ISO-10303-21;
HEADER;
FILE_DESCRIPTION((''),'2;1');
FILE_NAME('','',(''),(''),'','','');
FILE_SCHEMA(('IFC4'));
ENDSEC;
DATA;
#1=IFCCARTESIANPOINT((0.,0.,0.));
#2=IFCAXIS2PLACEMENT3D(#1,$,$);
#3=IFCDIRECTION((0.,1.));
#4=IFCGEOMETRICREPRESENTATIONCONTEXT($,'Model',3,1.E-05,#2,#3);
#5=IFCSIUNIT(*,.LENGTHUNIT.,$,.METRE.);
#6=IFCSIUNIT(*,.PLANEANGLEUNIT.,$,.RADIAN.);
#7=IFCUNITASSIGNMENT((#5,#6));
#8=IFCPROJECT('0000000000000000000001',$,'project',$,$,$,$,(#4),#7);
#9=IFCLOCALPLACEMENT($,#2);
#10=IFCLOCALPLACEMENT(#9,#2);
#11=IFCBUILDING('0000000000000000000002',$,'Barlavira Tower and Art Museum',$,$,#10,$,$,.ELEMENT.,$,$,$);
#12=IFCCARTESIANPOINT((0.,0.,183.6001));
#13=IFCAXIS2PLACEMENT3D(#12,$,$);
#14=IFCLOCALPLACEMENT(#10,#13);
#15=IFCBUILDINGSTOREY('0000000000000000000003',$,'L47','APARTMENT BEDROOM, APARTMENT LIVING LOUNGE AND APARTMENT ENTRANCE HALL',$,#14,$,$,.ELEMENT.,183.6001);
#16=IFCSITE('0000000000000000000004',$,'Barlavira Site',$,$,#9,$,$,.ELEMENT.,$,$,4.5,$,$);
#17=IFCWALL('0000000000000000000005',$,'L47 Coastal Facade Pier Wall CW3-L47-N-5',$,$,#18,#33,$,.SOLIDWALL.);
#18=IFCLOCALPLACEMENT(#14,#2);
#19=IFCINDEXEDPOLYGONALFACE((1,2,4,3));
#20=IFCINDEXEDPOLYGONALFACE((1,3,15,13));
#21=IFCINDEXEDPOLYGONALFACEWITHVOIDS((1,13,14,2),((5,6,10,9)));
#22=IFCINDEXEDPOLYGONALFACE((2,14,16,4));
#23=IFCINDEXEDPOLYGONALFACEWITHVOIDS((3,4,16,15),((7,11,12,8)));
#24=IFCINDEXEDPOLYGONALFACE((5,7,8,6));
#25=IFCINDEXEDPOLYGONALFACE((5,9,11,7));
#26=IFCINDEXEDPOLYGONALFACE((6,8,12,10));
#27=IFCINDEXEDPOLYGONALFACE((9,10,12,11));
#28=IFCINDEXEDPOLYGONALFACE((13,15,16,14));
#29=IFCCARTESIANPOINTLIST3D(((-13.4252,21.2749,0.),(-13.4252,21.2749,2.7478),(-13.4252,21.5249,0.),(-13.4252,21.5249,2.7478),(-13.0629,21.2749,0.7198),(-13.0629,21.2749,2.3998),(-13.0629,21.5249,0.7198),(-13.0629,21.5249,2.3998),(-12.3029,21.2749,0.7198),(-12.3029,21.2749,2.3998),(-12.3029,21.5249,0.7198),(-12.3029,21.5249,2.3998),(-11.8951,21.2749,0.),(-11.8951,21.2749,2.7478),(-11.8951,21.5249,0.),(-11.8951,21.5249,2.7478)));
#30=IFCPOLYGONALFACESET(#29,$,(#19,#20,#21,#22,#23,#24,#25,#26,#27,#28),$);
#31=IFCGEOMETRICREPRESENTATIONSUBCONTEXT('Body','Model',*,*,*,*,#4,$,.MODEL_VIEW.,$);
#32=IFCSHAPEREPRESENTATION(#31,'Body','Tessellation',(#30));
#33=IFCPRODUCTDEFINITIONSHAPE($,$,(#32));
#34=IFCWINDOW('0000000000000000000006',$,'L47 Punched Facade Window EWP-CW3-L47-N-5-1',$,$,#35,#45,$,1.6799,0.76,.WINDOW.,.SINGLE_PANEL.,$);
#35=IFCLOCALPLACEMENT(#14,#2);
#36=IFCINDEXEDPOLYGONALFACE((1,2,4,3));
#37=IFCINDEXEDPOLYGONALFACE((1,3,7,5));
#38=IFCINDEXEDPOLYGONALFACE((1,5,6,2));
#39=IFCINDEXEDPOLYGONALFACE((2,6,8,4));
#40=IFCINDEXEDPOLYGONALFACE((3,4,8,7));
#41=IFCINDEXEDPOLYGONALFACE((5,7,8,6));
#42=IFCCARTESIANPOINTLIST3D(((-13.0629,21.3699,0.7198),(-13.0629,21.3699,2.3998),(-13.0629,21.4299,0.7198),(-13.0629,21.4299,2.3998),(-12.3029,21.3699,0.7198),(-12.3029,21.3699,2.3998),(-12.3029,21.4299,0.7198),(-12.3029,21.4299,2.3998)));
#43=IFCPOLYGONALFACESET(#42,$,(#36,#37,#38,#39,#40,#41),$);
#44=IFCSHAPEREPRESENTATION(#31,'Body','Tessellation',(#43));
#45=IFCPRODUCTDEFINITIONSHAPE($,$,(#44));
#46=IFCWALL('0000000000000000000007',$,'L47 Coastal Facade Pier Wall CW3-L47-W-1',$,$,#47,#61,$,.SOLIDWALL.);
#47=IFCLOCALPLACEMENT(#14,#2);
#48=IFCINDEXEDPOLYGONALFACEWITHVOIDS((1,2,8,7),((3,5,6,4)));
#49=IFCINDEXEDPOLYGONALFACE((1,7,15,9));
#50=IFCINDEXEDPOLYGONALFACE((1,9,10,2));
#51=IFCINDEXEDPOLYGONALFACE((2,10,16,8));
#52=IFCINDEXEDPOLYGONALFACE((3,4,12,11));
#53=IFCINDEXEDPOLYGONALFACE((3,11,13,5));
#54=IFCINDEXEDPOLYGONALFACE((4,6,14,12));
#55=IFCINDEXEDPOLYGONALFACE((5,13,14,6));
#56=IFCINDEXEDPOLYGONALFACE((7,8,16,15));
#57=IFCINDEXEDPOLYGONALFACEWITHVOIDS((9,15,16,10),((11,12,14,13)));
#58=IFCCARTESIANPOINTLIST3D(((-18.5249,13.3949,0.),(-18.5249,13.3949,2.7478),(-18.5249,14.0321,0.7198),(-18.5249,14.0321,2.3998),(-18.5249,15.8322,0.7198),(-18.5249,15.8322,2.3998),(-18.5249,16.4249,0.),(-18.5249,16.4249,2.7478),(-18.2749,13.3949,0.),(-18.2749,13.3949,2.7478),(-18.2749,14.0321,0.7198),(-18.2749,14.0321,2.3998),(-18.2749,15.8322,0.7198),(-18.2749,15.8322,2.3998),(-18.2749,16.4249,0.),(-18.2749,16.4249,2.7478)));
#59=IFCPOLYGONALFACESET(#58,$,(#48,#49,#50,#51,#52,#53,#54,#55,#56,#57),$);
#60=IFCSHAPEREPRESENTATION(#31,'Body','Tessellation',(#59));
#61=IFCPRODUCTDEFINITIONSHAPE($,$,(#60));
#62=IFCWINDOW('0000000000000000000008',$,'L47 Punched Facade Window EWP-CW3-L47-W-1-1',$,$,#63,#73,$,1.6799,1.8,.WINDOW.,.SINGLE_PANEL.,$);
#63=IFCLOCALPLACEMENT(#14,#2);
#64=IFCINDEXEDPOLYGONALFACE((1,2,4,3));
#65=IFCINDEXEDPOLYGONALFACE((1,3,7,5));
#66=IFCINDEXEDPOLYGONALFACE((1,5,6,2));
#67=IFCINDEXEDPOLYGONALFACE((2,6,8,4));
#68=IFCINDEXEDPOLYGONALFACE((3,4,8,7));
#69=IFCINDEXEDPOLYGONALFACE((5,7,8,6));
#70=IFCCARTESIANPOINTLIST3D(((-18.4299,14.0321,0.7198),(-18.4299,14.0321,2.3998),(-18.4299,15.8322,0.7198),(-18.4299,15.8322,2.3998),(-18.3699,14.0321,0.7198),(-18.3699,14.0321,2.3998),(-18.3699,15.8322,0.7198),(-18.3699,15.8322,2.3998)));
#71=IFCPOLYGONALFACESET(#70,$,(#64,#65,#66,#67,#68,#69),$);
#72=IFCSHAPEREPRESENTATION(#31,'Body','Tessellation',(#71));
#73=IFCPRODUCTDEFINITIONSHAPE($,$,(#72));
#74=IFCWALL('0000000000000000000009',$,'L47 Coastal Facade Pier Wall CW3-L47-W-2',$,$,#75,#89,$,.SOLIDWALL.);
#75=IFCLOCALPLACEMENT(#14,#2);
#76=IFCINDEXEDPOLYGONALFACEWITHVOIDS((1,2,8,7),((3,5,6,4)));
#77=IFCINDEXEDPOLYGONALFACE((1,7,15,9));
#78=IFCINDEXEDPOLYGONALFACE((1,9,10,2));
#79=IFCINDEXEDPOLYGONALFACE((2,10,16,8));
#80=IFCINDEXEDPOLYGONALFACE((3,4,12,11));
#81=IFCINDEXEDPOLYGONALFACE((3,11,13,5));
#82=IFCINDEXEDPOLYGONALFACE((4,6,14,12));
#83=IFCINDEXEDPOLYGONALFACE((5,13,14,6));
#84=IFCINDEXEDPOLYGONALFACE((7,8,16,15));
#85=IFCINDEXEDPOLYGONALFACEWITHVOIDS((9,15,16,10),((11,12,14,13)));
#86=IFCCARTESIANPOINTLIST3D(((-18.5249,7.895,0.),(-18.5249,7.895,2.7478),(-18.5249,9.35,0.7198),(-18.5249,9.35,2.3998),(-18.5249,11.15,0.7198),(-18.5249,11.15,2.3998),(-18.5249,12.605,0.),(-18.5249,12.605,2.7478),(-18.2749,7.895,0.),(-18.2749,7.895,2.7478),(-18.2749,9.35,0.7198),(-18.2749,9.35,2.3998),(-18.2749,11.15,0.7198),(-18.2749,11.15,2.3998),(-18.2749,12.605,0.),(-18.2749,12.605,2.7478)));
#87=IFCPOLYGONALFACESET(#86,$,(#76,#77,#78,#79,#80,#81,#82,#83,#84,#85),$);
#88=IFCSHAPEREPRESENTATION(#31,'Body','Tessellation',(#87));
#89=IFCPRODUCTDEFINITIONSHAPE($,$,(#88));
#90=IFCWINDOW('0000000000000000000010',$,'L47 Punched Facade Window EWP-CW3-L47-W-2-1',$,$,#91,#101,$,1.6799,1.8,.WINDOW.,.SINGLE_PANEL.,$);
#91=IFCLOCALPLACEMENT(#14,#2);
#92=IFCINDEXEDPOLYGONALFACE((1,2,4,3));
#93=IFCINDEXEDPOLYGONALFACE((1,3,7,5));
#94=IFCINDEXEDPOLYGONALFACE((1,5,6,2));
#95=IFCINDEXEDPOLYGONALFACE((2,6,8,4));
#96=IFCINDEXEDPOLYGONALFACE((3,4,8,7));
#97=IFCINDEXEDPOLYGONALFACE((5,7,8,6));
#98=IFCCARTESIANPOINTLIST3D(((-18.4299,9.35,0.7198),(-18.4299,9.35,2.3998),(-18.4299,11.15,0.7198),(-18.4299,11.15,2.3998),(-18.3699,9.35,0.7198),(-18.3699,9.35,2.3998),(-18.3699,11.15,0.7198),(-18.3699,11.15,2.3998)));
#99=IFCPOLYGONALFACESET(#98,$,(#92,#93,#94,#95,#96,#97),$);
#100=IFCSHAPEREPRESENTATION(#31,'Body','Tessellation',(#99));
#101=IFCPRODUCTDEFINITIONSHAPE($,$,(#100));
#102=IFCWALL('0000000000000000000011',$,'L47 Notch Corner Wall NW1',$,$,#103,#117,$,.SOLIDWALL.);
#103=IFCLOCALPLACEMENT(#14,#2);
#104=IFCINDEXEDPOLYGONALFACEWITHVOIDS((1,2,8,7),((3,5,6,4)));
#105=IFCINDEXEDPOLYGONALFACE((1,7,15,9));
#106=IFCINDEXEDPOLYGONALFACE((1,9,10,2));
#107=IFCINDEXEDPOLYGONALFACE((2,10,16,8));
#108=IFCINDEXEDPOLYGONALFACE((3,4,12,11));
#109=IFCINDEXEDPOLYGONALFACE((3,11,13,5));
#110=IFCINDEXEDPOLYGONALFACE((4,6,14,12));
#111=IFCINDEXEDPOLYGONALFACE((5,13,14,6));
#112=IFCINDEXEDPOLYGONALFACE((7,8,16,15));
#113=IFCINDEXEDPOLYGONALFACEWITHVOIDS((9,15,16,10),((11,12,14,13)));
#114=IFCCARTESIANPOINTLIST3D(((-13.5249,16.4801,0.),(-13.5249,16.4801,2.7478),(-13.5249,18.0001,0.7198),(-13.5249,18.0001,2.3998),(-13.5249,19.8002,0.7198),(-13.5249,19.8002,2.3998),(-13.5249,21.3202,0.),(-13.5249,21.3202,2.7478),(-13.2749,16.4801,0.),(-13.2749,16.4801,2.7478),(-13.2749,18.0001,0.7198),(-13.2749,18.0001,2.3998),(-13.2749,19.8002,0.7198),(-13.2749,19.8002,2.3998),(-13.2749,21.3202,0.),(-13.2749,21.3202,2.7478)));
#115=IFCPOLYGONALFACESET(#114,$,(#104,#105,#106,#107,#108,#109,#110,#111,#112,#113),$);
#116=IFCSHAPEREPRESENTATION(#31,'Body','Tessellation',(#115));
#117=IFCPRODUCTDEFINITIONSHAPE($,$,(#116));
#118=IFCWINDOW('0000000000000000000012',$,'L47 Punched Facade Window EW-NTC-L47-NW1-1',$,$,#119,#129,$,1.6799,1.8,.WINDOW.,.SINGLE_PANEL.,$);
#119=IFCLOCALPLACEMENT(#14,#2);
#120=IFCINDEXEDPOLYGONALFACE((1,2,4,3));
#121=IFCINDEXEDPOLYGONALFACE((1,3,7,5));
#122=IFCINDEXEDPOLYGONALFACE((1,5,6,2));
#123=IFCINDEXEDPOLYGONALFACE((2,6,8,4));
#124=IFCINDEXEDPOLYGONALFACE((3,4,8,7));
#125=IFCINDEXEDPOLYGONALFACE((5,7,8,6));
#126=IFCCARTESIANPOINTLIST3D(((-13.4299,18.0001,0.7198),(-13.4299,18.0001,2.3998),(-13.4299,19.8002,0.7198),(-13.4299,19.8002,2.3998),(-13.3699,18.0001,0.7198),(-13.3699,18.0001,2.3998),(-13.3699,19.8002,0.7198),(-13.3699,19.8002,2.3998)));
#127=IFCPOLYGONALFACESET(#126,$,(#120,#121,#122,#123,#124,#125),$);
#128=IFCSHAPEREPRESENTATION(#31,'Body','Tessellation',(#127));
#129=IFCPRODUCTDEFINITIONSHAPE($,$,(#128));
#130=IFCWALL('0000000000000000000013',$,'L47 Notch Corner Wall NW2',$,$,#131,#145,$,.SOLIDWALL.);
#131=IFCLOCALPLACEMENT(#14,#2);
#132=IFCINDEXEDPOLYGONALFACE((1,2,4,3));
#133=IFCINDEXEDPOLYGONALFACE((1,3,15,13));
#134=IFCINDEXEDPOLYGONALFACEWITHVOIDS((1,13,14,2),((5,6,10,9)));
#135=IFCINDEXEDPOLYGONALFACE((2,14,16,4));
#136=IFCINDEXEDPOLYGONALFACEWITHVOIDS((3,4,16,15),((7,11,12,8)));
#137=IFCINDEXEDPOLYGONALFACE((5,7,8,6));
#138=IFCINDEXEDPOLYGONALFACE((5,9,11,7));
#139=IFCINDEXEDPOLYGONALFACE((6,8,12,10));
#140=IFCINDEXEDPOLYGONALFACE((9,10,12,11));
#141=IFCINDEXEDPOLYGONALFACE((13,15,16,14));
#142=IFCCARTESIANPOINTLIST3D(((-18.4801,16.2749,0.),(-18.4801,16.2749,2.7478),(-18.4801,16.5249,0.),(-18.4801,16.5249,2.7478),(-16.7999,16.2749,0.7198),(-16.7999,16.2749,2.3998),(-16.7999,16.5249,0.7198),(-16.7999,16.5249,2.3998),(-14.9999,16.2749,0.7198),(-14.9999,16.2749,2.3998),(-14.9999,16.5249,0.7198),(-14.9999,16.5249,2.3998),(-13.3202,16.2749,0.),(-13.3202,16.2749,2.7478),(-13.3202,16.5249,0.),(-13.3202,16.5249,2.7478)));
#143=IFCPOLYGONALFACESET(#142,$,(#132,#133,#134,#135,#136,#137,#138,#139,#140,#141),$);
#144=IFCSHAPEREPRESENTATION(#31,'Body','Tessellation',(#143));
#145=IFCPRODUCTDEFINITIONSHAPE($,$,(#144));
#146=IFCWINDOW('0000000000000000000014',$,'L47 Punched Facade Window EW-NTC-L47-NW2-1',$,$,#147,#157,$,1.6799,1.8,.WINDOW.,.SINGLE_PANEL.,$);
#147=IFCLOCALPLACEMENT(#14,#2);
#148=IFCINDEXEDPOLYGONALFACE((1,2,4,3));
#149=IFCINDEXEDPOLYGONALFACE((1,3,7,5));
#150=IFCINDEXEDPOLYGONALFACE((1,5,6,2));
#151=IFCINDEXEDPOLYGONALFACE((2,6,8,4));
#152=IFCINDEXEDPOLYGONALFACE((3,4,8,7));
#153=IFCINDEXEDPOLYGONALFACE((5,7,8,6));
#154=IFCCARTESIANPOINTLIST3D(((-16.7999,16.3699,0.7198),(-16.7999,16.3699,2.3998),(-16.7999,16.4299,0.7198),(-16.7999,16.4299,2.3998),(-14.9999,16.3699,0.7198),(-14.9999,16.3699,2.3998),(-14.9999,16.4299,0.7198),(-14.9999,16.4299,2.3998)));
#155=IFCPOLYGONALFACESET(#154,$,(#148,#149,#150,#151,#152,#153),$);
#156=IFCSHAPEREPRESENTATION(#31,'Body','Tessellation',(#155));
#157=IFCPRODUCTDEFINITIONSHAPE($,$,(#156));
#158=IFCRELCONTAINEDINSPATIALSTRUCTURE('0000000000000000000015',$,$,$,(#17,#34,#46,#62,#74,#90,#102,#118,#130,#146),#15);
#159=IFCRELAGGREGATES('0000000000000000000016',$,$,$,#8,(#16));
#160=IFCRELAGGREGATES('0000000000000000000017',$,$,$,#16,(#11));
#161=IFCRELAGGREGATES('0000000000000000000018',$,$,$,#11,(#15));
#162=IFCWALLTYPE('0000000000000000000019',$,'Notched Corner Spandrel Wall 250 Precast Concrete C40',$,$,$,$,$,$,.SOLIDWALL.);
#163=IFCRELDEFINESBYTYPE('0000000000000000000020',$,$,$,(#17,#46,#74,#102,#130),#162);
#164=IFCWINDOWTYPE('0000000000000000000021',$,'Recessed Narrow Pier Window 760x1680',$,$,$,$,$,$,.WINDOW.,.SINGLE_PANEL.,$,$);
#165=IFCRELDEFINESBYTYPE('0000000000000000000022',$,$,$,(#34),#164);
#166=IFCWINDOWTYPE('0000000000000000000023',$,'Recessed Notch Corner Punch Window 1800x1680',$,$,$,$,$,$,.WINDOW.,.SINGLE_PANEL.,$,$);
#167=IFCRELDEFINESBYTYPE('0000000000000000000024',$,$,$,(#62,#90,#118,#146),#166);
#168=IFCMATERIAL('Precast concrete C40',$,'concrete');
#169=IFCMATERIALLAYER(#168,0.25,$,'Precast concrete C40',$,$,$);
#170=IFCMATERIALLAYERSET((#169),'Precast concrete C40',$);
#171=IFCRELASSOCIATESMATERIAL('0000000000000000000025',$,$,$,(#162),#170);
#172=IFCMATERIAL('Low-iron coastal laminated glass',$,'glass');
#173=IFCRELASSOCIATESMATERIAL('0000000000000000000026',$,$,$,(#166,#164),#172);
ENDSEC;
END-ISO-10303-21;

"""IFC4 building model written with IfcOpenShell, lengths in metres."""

from ifc_helpers import new_model, si_unit, direction, frame, frame_2d, origin, place, context, subcontext, project, spatial, rectangle, extrude, material, layer, layer_set, type_object, element, fill, save


model = new_model("IFC4")

# Units and contexts
model_context = context("Model", 3, precision=1e-05, world=origin(), true_north=direction((0.0, 1.0)))
body_context = subcontext(model_context, "Body", "Model", "MODEL_VIEW")
ifc_project = project(units=[si_unit("LENGTHUNIT", "METRE"), si_unit("PLANEANGLEUNIT", "RADIAN")], contexts=[model_context])

# Site, building, storey
site_placement = place(None, origin())
site = spatial("IfcSite", under=ifc_project, at=site_placement, Name="Barlavira Site", CompositionType="ELEMENT", RefElevation=4.5)
building_placement = place(site_placement, origin())
building = spatial("IfcBuilding", under=site, at=building_placement, Name="Barlavira Tower and Art Museum", CompositionType="ELEMENT")
storey_placement = place(building_placement, frame((0.0, 0.0, 183.6001)))
storey = spatial("IfcBuildingStorey", under=building, at=storey_placement, Name="L47", Description="APARTMENT BEDROOM, APARTMENT LIVING LOUNGE AND APARTMENT ENTRANCE HALL", CompositionType="ELEMENT", Elevation=183.6001)

# Walls, openings, windows
ifc_material_1 = material(Name="Precast concrete C40", Category="concrete")
ifc_layer_1 = layer(ifc_material_1, 0.25, Name="Precast concrete C40")
ifc_layer_set_1 = layer_set([ifc_layer_1], Name="Precast concrete C40")
wall_type_1 = type_object("IfcWallType", Name="Notched Corner Spandrel Wall 250 Precast Concrete C40", PredefinedType="SOLIDWALL", material=ifc_layer_set_1)
ifc_material_2 = material(Name="Low-iron coastal laminated glass", Category="glass")
window_type_1 = type_object("IfcWindowType", Name="Recessed Notch Corner Punch Window 1800x1680", PartitioningType="SINGLE_PANEL", PredefinedType="WINDOW", material=ifc_material_2)
wall_1_placement = place(storey_placement, frame((-11.895, 21.3999, 0.0), z_axis=(0.0, 0.0, 1.0), x_axis=(-1.0, 0.0, 0.0)))
wall_1 = element("IfcWall", 1, at=wall_1_placement, inside=storey, type_object=wall_type_1, Name="L47 Coastal Facade Pier Wall CW3-L47-N-5", PredefinedType="SOLIDWALL", context=body_context, shape_type="SweptSolid", body=[
    extrude(rectangle(XDim=1.53, YDim=0.25, at=frame_2d((0.7651, 0.0))), origin(), (0.0, 0.0, 1.0), 2.7478),
])
opening_1_placement = place(wall_1_placement, frame((0.408, 0.0, 0.72)))
opening_1 = element("IfcOpeningElement", 2, at=opening_1_placement, cuts=wall_1, PredefinedType="OPENING", context=body_context, shape_type="SweptSolid", body=[
    extrude(rectangle(XDim=0.76, YDim=1.6799, at=frame_2d((0.3799, 0.8398))), frame((0.0, 0.135, 0.0), z_axis=(0.0, -1.0, 0.0), x_axis=(1.0, 0.0, 0.0)), (0.0, 0.0, 1.0), 0.27),
])
window_type_2 = type_object("IfcWindowType", Name="Recessed Narrow Pier Window 760x1680", PartitioningType="SINGLE_PANEL", PredefinedType="WINDOW", material=ifc_material_2)
window_1_placement = place(opening_1_placement, origin())
window_1 = element("IfcWindow", 3, at=window_1_placement, inside=storey, type_object=window_type_2, Name="L47 Punched Facade Window EWP-CW3-L47-N-5-1", OverallHeight=1.6799, OverallWidth=0.76, PartitioningType="SINGLE_PANEL", PredefinedType="WINDOW", context=body_context, shape_type="SweptSolid", body=[
    extrude(rectangle(XDim=0.76, YDim=1.6799, at=frame_2d((0.3799, 0.8398))), frame((0.0, 0.03, 0.0), z_axis=(0.0, -1.0, 0.0), x_axis=(1.0, 0.0, 0.0)), (0.0, 0.0, 1.0), 0.0601),
])
fill(opening_1, window_1)
wall_2_placement = place(storey_placement, frame((-18.3999, 16.425, 0.0), z_axis=(0.0, 0.0, 1.0), x_axis=(0.0, -1.0, 0.0)))
wall_2 = element("IfcWall", 4, at=wall_2_placement, inside=storey, type_object=wall_type_1, Name="L47 Coastal Facade Pier Wall CW3-L47-W-1", PredefinedType="SOLIDWALL", context=body_context, shape_type="SweptSolid", body=[
    extrude(rectangle(XDim=3.03, YDim=0.25, at=frame_2d((1.5151, 0.0))), origin(), (0.0, 0.0, 1.0), 2.7478),
])
opening_2_placement = place(wall_2_placement, frame((0.593, 0.0, 0.72)))
opening_2 = element("IfcOpeningElement", 5, at=opening_2_placement, cuts=wall_2, PredefinedType="OPENING", context=body_context, shape_type="SweptSolid", body=[
    extrude(rectangle(XDim=1.8, YDim=1.6799, at=frame_2d((0.8999, 0.8398))), frame((0.0, 0.135, 0.0), z_axis=(0.0, -1.0, 0.0), x_axis=(1.0, 0.0, 0.0)), (0.0, 0.0, 1.0), 0.27),
])
window_2_placement = place(opening_2_placement, origin())
window_2 = element("IfcWindow", 6, at=window_2_placement, inside=storey, type_object=window_type_1, Name="L47 Punched Facade Window EWP-CW3-L47-W-1-1", OverallHeight=1.6799, OverallWidth=1.8, PartitioningType="SINGLE_PANEL", PredefinedType="WINDOW", context=body_context, shape_type="SweptSolid", body=[
    extrude(rectangle(XDim=1.8, YDim=1.6799, at=frame_2d((0.8999, 0.8398))), frame((0.0, 0.03, 0.0), z_axis=(0.0, -1.0, 0.0), x_axis=(1.0, 0.0, 0.0)), (0.0, 0.0, 1.0), 0.0601),
])
fill(opening_2, window_2)
wall_3_placement = place(storey_placement, frame((-18.3999, 12.605, 0.0), z_axis=(0.0, 0.0, 1.0), x_axis=(0.0, -1.0, 0.0)))
wall_3 = element("IfcWall", 7, at=wall_3_placement, inside=storey, type_object=wall_type_1, Name="L47 Coastal Facade Pier Wall CW3-L47-W-2", PredefinedType="SOLIDWALL", context=body_context, shape_type="SweptSolid", body=[
    extrude(rectangle(XDim=4.71, YDim=0.25, at=frame_2d((2.355, 0.0))), origin(), (0.0, 0.0, 1.0), 2.7478),
])
opening_3_placement = place(wall_3_placement, frame((1.4551, 0.0, 0.72)))
opening_3 = element("IfcOpeningElement", 8, at=opening_3_placement, cuts=wall_3, PredefinedType="OPENING", context=body_context, shape_type="SweptSolid", body=[
    extrude(rectangle(XDim=1.8, YDim=1.6799, at=frame_2d((0.8999, 0.8398))), frame((0.0, 0.135, 0.0), z_axis=(0.0, -1.0, 0.0), x_axis=(1.0, 0.0, 0.0)), (0.0, 0.0, 1.0), 0.27),
])
window_3_placement = place(opening_3_placement, origin())
window_3 = element("IfcWindow", 9, at=window_3_placement, inside=storey, type_object=window_type_1, Name="L47 Punched Facade Window EWP-CW3-L47-W-2-1", OverallHeight=1.6799, OverallWidth=1.8, PartitioningType="SINGLE_PANEL", PredefinedType="WINDOW", context=body_context, shape_type="SweptSolid", body=[
    extrude(rectangle(XDim=1.8, YDim=1.6799, at=frame_2d((0.8999, 0.8398))), frame((0.0, 0.03, 0.0), z_axis=(0.0, -1.0, 0.0), x_axis=(1.0, 0.0, 0.0)), (0.0, 0.0, 1.0), 0.0601),
])
fill(opening_3, window_3)
wall_4_placement = place(storey_placement, frame((-13.3999, 21.3201, 0.0), z_axis=(0.0, 0.0, 1.0), x_axis=(0.0, -1.0, 0.0)))
wall_4 = element("IfcWall", 10, at=wall_4_placement, inside=storey, type_object=wall_type_1, Name="L47 Notch Corner Wall NW1", PredefinedType="SOLIDWALL", context=body_context, shape_type="SweptSolid", body=[
    extrude(rectangle(XDim=4.8401, YDim=0.25, at=frame_2d((2.4199, 0.0))), origin(), (0.0, 0.0, 1.0), 2.7478),
])
opening_4_placement = place(wall_4_placement, frame((1.52, 0.0, 0.72)))
opening_4 = element("IfcOpeningElement", 11, at=opening_4_placement, cuts=wall_4, PredefinedType="OPENING", context=body_context, shape_type="SweptSolid", body=[
    extrude(rectangle(XDim=1.8, YDim=1.6799, at=frame_2d((0.8999, 0.8398))), frame((0.0, 0.135, 0.0), z_axis=(0.0, -1.0, 0.0), x_axis=(1.0, 0.0, 0.0)), (0.0, 0.0, 1.0), 0.27),
])
window_4_placement = place(opening_4_placement, origin())
window_4 = element("IfcWindow", 12, at=window_4_placement, inside=storey, type_object=window_type_1, Name="L47 Punched Facade Window EW-NTC-L47-NW1-1", OverallHeight=1.6799, OverallWidth=1.8, PartitioningType="SINGLE_PANEL", PredefinedType="WINDOW", context=body_context, shape_type="SweptSolid", body=[
    extrude(rectangle(XDim=1.8, YDim=1.6799, at=frame_2d((0.8999, 0.8398))), frame((0.0, 0.03, 0.0), z_axis=(0.0, -1.0, 0.0), x_axis=(1.0, 0.0, 0.0)), (0.0, 0.0, 1.0), 0.0601),
])
fill(opening_4, window_4)
wall_5_placement = place(storey_placement, frame((-13.3201, 16.3999, 0.0), z_axis=(0.0, 0.0, 1.0), x_axis=(-1.0, 0.0, 0.0)))
wall_5 = element("IfcWall", 13, at=wall_5_placement, inside=storey, type_object=wall_type_1, Name="L47 Notch Corner Wall NW2", PredefinedType="SOLIDWALL", context=body_context, shape_type="SweptSolid", body=[
    extrude(rectangle(XDim=5.1599, YDim=0.25, at=frame_2d((2.5801, 0.0))), origin(), (0.0, 0.0, 1.0), 2.7478),
])
opening_5_placement = place(wall_5_placement, frame((1.6799, 0.0, 0.72)))
opening_5 = element("IfcOpeningElement", 14, at=opening_5_placement, cuts=wall_5, PredefinedType="OPENING", context=body_context, shape_type="SweptSolid", body=[
    extrude(rectangle(XDim=1.8, YDim=1.6799, at=frame_2d((0.8999, 0.8398))), frame((0.0, 0.135, 0.0), z_axis=(0.0, -1.0, 0.0), x_axis=(1.0, 0.0, 0.0)), (0.0, 0.0, 1.0), 0.27),
])
window_5_placement = place(opening_5_placement, origin())
window_5 = element("IfcWindow", 15, at=window_5_placement, inside=storey, type_object=window_type_1, Name="L47 Punched Facade Window EW-NTC-L47-NW2-1", OverallHeight=1.6799, OverallWidth=1.8, PartitioningType="SINGLE_PANEL", PredefinedType="WINDOW", context=body_context, shape_type="SweptSolid", body=[
    extrude(rectangle(XDim=1.8, YDim=1.6799, at=frame_2d((0.8999, 0.8398))), frame((0.0, 0.03, 0.0), z_axis=(0.0, -1.0, 0.0), x_axis=(1.0, 0.0, 0.0)), (0.0, 0.0, 1.0), 0.0601),
])
fill(opening_5, window_5)

save(model, "model.ifc")
